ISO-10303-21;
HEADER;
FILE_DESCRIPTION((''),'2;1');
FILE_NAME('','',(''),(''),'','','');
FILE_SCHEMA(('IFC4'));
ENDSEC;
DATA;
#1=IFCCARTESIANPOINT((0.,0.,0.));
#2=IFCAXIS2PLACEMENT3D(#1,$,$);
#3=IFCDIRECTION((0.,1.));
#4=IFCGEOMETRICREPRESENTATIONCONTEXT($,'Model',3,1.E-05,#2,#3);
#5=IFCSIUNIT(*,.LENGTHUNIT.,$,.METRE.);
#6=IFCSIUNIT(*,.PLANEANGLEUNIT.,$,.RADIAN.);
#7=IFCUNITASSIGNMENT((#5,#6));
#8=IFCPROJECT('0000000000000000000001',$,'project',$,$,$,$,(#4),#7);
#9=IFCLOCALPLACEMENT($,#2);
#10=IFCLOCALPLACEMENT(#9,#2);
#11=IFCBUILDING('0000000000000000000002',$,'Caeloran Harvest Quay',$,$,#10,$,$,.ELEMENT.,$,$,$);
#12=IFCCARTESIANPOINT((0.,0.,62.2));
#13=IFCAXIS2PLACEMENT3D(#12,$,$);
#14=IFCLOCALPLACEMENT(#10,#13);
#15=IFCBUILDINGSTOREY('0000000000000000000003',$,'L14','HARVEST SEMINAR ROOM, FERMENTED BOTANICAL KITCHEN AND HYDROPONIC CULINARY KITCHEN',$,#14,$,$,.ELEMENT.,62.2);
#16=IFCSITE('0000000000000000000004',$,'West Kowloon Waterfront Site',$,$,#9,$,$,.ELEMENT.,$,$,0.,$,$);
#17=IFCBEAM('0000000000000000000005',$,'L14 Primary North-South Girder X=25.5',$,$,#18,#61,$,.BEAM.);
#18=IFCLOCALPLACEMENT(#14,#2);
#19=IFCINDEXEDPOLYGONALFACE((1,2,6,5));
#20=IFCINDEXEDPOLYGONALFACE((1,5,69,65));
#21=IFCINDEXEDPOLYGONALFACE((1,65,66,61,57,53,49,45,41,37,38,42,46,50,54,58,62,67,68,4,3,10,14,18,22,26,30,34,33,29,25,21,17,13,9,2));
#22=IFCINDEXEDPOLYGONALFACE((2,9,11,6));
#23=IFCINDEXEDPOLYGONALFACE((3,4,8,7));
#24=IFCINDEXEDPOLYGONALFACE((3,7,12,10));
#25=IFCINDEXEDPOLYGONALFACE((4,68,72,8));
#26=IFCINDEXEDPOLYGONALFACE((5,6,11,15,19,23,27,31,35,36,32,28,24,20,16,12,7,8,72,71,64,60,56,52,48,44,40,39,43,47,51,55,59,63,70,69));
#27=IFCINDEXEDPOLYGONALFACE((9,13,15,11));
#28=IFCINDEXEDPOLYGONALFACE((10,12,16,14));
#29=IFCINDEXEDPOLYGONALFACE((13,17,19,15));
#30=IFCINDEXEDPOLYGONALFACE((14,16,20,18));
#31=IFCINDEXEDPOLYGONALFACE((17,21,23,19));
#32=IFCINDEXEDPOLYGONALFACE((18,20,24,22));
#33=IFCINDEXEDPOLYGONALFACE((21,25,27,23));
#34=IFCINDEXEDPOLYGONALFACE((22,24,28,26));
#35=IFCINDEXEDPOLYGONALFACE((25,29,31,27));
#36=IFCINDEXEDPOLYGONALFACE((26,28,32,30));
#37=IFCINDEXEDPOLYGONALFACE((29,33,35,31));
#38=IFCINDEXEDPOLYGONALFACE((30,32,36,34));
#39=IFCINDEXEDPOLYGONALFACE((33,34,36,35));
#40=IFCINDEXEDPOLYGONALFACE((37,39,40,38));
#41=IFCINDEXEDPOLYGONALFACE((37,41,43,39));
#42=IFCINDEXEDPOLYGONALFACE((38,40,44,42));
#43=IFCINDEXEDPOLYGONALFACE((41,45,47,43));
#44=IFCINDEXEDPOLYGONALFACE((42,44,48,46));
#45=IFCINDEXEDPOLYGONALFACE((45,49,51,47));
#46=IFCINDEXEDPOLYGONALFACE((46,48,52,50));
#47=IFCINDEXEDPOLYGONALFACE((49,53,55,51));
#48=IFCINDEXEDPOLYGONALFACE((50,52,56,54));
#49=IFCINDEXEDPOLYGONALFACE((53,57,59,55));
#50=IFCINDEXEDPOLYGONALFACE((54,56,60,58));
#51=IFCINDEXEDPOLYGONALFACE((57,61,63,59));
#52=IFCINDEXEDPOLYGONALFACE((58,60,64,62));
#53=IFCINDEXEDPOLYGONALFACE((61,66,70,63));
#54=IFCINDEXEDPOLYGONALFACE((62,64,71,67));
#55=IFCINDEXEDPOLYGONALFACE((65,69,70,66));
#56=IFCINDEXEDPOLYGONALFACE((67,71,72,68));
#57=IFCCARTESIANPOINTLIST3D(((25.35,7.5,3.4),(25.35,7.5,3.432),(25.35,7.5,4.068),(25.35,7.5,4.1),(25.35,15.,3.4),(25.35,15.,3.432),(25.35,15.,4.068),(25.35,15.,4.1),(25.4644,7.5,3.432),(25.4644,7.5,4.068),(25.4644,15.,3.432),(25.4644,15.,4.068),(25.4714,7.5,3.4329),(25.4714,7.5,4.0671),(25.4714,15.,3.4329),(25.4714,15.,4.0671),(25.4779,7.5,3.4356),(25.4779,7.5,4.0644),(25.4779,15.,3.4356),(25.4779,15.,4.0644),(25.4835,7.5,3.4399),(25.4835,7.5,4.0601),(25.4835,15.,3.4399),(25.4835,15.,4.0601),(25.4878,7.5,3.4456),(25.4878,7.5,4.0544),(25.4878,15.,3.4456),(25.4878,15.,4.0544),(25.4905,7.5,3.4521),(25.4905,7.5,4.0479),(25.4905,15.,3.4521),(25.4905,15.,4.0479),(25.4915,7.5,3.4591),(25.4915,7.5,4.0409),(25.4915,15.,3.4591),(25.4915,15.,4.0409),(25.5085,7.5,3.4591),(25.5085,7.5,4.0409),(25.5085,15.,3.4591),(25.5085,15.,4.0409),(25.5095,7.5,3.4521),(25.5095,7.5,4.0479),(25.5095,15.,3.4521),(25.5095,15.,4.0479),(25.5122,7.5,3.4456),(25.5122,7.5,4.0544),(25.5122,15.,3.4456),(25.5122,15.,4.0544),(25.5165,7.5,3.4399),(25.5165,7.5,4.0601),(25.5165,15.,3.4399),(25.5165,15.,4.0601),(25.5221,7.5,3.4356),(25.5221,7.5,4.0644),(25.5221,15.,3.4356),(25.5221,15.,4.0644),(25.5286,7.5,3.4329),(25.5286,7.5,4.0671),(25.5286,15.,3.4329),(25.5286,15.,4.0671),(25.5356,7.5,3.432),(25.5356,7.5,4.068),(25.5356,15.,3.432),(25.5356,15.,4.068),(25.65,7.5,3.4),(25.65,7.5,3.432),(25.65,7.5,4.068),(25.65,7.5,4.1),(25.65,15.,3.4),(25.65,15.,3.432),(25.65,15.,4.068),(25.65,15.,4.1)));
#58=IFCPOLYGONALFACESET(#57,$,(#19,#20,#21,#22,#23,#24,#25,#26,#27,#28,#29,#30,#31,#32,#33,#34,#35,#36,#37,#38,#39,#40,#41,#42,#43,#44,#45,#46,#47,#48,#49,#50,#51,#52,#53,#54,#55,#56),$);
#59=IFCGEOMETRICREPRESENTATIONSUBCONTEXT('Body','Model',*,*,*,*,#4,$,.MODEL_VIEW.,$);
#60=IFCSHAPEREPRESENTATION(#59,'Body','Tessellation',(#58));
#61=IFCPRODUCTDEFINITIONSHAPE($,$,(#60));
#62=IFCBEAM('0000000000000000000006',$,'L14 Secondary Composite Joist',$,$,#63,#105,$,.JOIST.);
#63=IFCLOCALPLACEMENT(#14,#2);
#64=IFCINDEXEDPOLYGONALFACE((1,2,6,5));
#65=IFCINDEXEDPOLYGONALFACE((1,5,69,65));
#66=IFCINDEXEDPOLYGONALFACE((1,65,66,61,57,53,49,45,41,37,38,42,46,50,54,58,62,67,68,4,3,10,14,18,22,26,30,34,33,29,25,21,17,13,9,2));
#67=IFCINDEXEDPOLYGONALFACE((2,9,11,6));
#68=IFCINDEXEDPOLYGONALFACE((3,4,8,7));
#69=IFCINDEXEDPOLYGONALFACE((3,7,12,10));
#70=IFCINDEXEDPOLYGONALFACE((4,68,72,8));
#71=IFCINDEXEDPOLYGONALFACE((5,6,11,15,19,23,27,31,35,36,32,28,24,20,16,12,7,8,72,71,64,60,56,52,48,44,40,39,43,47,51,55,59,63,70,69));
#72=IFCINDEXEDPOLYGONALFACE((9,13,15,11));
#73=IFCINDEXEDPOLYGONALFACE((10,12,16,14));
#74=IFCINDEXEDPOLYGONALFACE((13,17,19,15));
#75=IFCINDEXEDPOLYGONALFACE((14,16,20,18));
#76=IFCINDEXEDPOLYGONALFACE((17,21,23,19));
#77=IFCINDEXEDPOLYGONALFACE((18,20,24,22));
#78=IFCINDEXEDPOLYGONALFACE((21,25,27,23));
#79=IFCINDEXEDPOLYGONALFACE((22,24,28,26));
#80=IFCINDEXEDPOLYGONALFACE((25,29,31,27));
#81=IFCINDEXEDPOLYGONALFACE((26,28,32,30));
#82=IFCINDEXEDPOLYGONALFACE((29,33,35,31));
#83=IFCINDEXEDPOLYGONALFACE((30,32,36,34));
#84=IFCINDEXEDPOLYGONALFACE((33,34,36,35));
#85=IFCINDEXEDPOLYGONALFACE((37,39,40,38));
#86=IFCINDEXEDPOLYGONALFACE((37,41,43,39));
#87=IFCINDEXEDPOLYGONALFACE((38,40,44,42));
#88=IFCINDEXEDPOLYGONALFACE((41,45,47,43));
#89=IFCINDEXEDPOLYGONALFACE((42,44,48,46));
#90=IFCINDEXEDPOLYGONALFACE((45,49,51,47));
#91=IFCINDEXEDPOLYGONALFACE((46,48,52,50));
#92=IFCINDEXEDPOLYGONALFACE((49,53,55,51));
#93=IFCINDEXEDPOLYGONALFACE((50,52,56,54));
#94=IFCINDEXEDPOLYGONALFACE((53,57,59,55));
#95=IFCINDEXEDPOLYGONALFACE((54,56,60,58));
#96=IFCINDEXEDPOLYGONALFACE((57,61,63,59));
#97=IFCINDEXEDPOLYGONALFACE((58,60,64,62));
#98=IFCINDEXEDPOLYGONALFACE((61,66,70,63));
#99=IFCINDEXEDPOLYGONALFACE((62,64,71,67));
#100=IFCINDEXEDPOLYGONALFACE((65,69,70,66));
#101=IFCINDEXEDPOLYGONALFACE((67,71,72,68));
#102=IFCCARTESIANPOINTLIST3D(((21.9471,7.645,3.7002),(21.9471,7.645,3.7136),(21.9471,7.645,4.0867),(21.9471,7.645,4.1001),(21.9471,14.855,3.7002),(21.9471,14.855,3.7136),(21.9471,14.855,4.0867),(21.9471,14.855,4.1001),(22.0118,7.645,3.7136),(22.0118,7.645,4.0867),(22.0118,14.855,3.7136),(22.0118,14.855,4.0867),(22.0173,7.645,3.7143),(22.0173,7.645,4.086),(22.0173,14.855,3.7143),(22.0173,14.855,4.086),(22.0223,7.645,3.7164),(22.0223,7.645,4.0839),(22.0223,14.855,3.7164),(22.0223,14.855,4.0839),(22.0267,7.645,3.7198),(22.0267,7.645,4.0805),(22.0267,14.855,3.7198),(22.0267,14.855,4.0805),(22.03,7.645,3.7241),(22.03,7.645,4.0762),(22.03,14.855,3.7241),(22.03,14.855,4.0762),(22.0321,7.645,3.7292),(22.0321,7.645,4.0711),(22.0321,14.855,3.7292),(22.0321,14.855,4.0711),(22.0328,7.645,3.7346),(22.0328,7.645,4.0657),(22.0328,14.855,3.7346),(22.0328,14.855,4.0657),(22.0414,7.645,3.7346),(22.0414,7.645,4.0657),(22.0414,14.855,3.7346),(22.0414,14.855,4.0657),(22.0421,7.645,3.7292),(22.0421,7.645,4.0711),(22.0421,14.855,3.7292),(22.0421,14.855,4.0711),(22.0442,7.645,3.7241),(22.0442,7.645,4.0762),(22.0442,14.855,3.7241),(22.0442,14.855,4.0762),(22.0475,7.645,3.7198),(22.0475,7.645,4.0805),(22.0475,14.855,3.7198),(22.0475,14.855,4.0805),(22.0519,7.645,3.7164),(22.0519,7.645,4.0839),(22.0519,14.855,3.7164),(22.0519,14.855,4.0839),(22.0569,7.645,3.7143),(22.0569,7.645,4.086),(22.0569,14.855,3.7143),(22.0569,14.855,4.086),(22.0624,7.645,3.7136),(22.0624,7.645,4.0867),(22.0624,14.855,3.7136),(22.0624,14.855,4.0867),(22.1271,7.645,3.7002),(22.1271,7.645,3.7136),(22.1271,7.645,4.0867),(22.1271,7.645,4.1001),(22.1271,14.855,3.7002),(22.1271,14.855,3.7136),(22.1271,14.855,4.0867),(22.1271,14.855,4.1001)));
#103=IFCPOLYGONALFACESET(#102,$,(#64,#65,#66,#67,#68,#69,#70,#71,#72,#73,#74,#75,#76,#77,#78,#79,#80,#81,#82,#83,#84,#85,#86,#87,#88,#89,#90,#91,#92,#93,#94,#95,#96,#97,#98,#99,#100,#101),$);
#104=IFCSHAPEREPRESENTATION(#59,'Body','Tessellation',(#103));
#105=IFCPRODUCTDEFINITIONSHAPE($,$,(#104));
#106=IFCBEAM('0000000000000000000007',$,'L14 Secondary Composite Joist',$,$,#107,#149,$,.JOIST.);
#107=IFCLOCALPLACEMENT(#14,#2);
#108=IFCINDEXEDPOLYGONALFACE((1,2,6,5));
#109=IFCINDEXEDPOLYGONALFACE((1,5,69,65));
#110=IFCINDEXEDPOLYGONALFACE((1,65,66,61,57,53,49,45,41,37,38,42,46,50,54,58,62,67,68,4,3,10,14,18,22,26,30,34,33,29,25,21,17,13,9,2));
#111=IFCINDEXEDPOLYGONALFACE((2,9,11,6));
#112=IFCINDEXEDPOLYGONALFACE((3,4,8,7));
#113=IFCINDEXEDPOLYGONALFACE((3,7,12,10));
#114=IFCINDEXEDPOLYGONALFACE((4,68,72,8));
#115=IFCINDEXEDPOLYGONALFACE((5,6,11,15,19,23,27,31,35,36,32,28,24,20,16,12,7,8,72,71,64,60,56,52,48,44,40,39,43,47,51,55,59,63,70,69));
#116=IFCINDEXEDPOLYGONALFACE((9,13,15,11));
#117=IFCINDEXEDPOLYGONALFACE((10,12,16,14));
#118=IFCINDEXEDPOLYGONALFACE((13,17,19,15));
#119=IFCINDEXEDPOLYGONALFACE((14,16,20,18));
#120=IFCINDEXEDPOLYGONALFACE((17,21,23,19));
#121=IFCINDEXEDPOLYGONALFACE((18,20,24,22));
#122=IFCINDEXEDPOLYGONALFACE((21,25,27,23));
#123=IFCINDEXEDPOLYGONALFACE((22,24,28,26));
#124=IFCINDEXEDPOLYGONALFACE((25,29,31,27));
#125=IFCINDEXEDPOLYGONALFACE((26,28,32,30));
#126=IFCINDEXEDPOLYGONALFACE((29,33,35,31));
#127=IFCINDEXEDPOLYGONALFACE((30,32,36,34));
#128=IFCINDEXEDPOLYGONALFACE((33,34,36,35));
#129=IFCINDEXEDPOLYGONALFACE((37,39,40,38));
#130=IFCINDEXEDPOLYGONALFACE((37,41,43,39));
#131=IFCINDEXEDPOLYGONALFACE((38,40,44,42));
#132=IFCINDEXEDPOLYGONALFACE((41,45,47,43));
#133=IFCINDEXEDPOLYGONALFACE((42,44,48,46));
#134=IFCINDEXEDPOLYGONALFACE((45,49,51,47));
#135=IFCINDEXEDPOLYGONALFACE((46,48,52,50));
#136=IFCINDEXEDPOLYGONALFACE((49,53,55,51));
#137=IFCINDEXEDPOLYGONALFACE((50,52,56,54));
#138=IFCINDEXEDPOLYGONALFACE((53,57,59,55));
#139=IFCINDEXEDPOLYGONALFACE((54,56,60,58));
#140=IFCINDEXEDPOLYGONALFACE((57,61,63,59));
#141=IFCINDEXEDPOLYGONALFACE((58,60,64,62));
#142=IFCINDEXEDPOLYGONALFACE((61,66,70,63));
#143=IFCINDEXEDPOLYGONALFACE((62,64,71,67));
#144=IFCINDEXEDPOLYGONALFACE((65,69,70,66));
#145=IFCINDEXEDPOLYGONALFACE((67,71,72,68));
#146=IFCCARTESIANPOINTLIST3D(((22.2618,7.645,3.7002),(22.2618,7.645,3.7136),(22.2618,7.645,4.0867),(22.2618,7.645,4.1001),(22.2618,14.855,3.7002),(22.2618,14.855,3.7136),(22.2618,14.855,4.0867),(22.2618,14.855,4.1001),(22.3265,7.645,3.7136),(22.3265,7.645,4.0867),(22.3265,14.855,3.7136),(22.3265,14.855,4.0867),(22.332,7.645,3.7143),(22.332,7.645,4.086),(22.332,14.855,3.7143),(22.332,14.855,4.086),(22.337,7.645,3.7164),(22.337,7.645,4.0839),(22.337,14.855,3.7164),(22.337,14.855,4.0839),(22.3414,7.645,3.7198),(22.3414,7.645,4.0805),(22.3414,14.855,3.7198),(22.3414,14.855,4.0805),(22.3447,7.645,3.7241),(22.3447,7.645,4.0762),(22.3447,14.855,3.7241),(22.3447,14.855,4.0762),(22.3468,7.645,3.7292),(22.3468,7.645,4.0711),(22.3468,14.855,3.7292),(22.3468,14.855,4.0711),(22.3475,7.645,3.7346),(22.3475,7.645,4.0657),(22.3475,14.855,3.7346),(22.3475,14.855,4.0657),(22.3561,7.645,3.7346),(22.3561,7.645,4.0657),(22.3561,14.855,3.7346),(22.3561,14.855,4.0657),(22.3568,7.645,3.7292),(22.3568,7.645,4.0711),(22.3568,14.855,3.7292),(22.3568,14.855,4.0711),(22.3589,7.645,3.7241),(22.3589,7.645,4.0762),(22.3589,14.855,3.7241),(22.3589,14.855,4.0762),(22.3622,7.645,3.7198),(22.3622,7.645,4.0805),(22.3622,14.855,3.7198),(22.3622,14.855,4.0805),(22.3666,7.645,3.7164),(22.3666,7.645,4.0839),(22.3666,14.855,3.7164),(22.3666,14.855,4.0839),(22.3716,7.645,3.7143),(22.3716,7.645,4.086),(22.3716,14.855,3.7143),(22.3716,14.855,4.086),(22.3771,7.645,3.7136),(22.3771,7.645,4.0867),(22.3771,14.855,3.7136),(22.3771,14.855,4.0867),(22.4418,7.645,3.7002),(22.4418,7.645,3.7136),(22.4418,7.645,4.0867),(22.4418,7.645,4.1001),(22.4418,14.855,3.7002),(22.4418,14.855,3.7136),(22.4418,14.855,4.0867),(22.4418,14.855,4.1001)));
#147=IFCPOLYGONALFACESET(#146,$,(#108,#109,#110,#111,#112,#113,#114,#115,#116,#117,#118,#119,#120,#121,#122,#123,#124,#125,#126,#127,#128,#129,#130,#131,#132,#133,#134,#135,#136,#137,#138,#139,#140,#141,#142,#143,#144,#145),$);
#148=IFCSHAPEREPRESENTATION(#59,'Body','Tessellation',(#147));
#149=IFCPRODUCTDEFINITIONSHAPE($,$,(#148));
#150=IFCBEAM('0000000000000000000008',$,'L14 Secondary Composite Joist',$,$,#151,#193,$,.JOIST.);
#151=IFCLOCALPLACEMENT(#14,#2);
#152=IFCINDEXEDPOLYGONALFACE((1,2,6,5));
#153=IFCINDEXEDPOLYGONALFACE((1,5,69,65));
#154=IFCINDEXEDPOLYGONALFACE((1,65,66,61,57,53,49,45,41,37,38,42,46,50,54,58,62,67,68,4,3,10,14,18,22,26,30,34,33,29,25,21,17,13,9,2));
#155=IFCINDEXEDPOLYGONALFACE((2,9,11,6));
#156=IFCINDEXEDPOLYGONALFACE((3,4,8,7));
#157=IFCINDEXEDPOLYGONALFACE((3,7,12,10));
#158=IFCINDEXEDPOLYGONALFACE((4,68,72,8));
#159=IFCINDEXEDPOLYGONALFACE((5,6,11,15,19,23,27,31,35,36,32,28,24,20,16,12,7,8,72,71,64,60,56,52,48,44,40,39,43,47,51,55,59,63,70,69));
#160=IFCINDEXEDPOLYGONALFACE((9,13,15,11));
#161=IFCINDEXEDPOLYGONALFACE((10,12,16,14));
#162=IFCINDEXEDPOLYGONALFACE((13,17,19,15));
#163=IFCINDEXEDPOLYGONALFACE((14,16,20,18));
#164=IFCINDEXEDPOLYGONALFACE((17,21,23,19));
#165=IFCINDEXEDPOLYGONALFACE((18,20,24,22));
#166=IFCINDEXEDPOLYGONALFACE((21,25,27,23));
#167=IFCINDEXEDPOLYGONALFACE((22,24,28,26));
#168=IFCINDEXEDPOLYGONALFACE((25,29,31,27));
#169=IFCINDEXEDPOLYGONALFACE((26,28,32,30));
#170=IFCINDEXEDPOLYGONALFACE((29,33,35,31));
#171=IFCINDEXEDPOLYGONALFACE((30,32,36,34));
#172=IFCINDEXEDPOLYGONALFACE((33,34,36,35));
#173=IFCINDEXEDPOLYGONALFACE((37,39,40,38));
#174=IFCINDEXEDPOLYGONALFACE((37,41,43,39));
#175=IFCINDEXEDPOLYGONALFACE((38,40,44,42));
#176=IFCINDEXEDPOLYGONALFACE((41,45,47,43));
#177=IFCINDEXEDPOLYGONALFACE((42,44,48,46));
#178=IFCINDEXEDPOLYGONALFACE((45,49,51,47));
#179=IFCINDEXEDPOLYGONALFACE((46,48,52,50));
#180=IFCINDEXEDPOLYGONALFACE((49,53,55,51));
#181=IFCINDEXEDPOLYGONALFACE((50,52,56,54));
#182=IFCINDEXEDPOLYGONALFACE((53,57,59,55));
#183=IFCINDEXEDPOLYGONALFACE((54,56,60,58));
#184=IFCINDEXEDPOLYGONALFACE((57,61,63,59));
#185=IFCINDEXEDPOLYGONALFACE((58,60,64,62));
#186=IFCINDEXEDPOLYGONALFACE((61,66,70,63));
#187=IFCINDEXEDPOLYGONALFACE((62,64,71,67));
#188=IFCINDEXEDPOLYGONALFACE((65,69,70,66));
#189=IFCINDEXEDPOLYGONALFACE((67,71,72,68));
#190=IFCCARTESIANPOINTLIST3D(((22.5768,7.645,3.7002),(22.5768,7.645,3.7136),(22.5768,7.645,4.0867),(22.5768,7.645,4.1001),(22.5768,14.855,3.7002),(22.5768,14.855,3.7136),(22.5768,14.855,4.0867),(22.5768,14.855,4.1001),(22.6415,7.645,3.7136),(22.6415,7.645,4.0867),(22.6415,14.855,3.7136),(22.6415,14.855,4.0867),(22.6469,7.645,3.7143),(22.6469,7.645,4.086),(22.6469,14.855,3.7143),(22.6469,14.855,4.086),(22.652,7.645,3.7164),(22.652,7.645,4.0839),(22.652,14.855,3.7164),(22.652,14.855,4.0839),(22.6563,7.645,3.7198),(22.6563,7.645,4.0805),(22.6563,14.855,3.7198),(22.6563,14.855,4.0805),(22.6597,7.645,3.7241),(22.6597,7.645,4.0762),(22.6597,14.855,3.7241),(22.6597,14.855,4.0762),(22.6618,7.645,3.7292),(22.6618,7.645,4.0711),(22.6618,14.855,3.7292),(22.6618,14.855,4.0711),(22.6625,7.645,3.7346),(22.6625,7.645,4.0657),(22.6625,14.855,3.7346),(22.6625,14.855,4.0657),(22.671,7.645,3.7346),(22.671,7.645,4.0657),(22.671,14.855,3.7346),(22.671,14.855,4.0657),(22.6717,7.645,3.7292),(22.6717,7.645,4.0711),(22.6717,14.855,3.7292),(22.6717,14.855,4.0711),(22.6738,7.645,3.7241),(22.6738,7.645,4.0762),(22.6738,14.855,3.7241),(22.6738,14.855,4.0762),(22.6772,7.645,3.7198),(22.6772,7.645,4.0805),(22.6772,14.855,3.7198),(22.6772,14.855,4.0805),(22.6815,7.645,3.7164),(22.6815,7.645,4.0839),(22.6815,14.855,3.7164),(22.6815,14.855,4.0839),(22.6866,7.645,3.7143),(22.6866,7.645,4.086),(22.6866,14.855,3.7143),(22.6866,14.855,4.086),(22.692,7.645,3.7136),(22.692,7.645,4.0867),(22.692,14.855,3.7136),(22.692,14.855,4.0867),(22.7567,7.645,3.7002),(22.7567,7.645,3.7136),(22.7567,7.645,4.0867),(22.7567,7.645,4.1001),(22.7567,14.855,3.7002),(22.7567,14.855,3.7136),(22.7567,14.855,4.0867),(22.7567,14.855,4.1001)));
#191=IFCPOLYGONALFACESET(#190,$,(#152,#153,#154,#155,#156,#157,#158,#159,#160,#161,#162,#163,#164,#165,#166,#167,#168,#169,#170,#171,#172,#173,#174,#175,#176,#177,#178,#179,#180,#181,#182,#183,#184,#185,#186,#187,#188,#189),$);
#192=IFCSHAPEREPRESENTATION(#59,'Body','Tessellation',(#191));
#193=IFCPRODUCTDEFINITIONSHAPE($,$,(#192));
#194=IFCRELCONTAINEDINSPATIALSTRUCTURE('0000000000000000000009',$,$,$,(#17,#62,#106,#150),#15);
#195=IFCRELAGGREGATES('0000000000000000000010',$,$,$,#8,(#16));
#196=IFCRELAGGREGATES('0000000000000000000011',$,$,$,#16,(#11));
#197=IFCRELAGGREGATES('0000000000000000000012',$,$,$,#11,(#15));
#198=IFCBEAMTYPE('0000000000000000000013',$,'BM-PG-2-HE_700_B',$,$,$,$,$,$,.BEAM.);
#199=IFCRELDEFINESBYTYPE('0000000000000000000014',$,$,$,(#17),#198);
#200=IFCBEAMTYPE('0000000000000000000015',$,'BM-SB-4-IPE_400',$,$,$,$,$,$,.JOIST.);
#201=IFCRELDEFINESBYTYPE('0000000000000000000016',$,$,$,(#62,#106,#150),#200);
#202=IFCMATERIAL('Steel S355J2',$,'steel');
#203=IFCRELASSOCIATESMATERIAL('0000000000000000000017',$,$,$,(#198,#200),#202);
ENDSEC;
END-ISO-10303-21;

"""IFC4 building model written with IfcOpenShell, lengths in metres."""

from ifc_helpers import new_model, si_unit, direction, frame, origin, origin_2d, place, context, subcontext, project, spatial, i_section, extrude, material, material_profile, profile_set, type_object, element, save


model = new_model("IFC4")

# Units and contexts
model_context = context("Model", 3, precision=1e-05, world=origin(), true_north=direction((0.0, 1.0)))
body_context = subcontext(model_context, "Body", "Model", "MODEL_VIEW")
ifc_project = project(units=[si_unit("LENGTHUNIT", "METRE"), si_unit("PLANEANGLEUNIT", "RADIAN")], contexts=[model_context])

# Site, building, storey
site_placement = place(None, origin())
site = spatial("IfcSite", under=ifc_project, at=site_placement, Name="West Kowloon Waterfront Site", CompositionType="ELEMENT", RefElevation=0.0)
building_placement = place(site_placement, origin())
building = spatial("IfcBuilding", under=site, at=building_placement, Name="Caeloran Harvest Quay", CompositionType="ELEMENT")
storey_placement = place(building_placement, frame((0.0, 0.0, 62.2)))
storey = spatial("IfcBuildingStorey", under=building, at=storey_placement, Name="L14", Description="HARVEST SEMINAR ROOM, FERMENTED BOTANICAL KITCHEN AND HYDROPONIC CULINARY KITCHEN", CompositionType="ELEMENT", Elevation=62.2)

# Beams
ifc_material_1 = material(Name="Steel S355J2", Category="steel")
ifc_material_profile_1 = material_profile(ifc_material_1, i_section(OverallWidth=0.3, OverallDepth=0.7, WebThickness=0.0171, FlangeThickness=0.032, FilletRadius=0.0271, at=origin_2d()), Name="HE 700 B")
ifc_profile_set_1 = profile_set([ifc_material_profile_1], Name="Steel S355J2")
beam_type_1 = type_object("IfcBeamType", Name="BM-PG-2-HE_700_B", PredefinedType="BEAM", material=ifc_profile_set_1)
beam_1_placement = place(storey_placement, frame((25.5, 7.5, 3.75), z_axis=(0.0, 1.0, 0.0), x_axis=(-1.0, 0.0, 0.0)))
element("IfcBeam", 1, at=beam_1_placement, inside=storey, type_object=beam_type_1, Name="L14 Primary North-South Girder X=25.5", PredefinedType="BEAM", context=body_context, shape_type="SweptSolid", body=[
    extrude(i_section(OverallWidth=0.3, OverallDepth=0.7, WebThickness=0.0171, FlangeThickness=0.032, FilletRadius=0.0271, at=origin_2d()), origin(), (0.0, 0.0, 1.0), 7.5),
])
ifc_material_profile_2 = material_profile(ifc_material_1, i_section(OverallWidth=0.1799, OverallDepth=0.3999, WebThickness=0.0085, FlangeThickness=0.0134, FilletRadius=0.021, at=origin_2d()), Name="IPE 400")
ifc_profile_set_2 = profile_set([ifc_material_profile_2], Name="Steel S355J2")
beam_type_2 = type_object("IfcBeamType", Name="BM-SB-4-IPE_400", PredefinedType="JOIST", material=ifc_profile_set_2)
for number, where, z_axis, x_axis, name in (
    (2, (22.0371, 7.645, 3.9001), (0.0, 1.0, 0.0), (-1.0, 0.0, 0.0), "L14 Secondary Composite Joist"),
    (3, (22.3518, 7.645, 3.9001), (0.0, 1.0, 0.0), (-1.0, 0.0, 0.0), "L14 Secondary Composite Joist"),
    (4, (22.6667, 7.645, 3.9001), (0.0, 1.0, 0.0), (-1.0, 0.0, 0.0), "L14 Secondary Composite Joist"),
):
    element("IfcBeam", number, at=place(storey_placement, frame(where, z_axis=z_axis, x_axis=x_axis)), inside=storey, type_object=beam_type_2, Name=name, PredefinedType="JOIST", context=body_context, shape_type="SweptSolid", body=[
        extrude(i_section(OverallWidth=0.1799, OverallDepth=0.3999, WebThickness=0.0085, FlangeThickness=0.0134, FilletRadius=0.021, at=origin_2d()), origin(), (0.0, 0.0, 1.0), 7.21),
    ])

save(model, "model.ifc")
